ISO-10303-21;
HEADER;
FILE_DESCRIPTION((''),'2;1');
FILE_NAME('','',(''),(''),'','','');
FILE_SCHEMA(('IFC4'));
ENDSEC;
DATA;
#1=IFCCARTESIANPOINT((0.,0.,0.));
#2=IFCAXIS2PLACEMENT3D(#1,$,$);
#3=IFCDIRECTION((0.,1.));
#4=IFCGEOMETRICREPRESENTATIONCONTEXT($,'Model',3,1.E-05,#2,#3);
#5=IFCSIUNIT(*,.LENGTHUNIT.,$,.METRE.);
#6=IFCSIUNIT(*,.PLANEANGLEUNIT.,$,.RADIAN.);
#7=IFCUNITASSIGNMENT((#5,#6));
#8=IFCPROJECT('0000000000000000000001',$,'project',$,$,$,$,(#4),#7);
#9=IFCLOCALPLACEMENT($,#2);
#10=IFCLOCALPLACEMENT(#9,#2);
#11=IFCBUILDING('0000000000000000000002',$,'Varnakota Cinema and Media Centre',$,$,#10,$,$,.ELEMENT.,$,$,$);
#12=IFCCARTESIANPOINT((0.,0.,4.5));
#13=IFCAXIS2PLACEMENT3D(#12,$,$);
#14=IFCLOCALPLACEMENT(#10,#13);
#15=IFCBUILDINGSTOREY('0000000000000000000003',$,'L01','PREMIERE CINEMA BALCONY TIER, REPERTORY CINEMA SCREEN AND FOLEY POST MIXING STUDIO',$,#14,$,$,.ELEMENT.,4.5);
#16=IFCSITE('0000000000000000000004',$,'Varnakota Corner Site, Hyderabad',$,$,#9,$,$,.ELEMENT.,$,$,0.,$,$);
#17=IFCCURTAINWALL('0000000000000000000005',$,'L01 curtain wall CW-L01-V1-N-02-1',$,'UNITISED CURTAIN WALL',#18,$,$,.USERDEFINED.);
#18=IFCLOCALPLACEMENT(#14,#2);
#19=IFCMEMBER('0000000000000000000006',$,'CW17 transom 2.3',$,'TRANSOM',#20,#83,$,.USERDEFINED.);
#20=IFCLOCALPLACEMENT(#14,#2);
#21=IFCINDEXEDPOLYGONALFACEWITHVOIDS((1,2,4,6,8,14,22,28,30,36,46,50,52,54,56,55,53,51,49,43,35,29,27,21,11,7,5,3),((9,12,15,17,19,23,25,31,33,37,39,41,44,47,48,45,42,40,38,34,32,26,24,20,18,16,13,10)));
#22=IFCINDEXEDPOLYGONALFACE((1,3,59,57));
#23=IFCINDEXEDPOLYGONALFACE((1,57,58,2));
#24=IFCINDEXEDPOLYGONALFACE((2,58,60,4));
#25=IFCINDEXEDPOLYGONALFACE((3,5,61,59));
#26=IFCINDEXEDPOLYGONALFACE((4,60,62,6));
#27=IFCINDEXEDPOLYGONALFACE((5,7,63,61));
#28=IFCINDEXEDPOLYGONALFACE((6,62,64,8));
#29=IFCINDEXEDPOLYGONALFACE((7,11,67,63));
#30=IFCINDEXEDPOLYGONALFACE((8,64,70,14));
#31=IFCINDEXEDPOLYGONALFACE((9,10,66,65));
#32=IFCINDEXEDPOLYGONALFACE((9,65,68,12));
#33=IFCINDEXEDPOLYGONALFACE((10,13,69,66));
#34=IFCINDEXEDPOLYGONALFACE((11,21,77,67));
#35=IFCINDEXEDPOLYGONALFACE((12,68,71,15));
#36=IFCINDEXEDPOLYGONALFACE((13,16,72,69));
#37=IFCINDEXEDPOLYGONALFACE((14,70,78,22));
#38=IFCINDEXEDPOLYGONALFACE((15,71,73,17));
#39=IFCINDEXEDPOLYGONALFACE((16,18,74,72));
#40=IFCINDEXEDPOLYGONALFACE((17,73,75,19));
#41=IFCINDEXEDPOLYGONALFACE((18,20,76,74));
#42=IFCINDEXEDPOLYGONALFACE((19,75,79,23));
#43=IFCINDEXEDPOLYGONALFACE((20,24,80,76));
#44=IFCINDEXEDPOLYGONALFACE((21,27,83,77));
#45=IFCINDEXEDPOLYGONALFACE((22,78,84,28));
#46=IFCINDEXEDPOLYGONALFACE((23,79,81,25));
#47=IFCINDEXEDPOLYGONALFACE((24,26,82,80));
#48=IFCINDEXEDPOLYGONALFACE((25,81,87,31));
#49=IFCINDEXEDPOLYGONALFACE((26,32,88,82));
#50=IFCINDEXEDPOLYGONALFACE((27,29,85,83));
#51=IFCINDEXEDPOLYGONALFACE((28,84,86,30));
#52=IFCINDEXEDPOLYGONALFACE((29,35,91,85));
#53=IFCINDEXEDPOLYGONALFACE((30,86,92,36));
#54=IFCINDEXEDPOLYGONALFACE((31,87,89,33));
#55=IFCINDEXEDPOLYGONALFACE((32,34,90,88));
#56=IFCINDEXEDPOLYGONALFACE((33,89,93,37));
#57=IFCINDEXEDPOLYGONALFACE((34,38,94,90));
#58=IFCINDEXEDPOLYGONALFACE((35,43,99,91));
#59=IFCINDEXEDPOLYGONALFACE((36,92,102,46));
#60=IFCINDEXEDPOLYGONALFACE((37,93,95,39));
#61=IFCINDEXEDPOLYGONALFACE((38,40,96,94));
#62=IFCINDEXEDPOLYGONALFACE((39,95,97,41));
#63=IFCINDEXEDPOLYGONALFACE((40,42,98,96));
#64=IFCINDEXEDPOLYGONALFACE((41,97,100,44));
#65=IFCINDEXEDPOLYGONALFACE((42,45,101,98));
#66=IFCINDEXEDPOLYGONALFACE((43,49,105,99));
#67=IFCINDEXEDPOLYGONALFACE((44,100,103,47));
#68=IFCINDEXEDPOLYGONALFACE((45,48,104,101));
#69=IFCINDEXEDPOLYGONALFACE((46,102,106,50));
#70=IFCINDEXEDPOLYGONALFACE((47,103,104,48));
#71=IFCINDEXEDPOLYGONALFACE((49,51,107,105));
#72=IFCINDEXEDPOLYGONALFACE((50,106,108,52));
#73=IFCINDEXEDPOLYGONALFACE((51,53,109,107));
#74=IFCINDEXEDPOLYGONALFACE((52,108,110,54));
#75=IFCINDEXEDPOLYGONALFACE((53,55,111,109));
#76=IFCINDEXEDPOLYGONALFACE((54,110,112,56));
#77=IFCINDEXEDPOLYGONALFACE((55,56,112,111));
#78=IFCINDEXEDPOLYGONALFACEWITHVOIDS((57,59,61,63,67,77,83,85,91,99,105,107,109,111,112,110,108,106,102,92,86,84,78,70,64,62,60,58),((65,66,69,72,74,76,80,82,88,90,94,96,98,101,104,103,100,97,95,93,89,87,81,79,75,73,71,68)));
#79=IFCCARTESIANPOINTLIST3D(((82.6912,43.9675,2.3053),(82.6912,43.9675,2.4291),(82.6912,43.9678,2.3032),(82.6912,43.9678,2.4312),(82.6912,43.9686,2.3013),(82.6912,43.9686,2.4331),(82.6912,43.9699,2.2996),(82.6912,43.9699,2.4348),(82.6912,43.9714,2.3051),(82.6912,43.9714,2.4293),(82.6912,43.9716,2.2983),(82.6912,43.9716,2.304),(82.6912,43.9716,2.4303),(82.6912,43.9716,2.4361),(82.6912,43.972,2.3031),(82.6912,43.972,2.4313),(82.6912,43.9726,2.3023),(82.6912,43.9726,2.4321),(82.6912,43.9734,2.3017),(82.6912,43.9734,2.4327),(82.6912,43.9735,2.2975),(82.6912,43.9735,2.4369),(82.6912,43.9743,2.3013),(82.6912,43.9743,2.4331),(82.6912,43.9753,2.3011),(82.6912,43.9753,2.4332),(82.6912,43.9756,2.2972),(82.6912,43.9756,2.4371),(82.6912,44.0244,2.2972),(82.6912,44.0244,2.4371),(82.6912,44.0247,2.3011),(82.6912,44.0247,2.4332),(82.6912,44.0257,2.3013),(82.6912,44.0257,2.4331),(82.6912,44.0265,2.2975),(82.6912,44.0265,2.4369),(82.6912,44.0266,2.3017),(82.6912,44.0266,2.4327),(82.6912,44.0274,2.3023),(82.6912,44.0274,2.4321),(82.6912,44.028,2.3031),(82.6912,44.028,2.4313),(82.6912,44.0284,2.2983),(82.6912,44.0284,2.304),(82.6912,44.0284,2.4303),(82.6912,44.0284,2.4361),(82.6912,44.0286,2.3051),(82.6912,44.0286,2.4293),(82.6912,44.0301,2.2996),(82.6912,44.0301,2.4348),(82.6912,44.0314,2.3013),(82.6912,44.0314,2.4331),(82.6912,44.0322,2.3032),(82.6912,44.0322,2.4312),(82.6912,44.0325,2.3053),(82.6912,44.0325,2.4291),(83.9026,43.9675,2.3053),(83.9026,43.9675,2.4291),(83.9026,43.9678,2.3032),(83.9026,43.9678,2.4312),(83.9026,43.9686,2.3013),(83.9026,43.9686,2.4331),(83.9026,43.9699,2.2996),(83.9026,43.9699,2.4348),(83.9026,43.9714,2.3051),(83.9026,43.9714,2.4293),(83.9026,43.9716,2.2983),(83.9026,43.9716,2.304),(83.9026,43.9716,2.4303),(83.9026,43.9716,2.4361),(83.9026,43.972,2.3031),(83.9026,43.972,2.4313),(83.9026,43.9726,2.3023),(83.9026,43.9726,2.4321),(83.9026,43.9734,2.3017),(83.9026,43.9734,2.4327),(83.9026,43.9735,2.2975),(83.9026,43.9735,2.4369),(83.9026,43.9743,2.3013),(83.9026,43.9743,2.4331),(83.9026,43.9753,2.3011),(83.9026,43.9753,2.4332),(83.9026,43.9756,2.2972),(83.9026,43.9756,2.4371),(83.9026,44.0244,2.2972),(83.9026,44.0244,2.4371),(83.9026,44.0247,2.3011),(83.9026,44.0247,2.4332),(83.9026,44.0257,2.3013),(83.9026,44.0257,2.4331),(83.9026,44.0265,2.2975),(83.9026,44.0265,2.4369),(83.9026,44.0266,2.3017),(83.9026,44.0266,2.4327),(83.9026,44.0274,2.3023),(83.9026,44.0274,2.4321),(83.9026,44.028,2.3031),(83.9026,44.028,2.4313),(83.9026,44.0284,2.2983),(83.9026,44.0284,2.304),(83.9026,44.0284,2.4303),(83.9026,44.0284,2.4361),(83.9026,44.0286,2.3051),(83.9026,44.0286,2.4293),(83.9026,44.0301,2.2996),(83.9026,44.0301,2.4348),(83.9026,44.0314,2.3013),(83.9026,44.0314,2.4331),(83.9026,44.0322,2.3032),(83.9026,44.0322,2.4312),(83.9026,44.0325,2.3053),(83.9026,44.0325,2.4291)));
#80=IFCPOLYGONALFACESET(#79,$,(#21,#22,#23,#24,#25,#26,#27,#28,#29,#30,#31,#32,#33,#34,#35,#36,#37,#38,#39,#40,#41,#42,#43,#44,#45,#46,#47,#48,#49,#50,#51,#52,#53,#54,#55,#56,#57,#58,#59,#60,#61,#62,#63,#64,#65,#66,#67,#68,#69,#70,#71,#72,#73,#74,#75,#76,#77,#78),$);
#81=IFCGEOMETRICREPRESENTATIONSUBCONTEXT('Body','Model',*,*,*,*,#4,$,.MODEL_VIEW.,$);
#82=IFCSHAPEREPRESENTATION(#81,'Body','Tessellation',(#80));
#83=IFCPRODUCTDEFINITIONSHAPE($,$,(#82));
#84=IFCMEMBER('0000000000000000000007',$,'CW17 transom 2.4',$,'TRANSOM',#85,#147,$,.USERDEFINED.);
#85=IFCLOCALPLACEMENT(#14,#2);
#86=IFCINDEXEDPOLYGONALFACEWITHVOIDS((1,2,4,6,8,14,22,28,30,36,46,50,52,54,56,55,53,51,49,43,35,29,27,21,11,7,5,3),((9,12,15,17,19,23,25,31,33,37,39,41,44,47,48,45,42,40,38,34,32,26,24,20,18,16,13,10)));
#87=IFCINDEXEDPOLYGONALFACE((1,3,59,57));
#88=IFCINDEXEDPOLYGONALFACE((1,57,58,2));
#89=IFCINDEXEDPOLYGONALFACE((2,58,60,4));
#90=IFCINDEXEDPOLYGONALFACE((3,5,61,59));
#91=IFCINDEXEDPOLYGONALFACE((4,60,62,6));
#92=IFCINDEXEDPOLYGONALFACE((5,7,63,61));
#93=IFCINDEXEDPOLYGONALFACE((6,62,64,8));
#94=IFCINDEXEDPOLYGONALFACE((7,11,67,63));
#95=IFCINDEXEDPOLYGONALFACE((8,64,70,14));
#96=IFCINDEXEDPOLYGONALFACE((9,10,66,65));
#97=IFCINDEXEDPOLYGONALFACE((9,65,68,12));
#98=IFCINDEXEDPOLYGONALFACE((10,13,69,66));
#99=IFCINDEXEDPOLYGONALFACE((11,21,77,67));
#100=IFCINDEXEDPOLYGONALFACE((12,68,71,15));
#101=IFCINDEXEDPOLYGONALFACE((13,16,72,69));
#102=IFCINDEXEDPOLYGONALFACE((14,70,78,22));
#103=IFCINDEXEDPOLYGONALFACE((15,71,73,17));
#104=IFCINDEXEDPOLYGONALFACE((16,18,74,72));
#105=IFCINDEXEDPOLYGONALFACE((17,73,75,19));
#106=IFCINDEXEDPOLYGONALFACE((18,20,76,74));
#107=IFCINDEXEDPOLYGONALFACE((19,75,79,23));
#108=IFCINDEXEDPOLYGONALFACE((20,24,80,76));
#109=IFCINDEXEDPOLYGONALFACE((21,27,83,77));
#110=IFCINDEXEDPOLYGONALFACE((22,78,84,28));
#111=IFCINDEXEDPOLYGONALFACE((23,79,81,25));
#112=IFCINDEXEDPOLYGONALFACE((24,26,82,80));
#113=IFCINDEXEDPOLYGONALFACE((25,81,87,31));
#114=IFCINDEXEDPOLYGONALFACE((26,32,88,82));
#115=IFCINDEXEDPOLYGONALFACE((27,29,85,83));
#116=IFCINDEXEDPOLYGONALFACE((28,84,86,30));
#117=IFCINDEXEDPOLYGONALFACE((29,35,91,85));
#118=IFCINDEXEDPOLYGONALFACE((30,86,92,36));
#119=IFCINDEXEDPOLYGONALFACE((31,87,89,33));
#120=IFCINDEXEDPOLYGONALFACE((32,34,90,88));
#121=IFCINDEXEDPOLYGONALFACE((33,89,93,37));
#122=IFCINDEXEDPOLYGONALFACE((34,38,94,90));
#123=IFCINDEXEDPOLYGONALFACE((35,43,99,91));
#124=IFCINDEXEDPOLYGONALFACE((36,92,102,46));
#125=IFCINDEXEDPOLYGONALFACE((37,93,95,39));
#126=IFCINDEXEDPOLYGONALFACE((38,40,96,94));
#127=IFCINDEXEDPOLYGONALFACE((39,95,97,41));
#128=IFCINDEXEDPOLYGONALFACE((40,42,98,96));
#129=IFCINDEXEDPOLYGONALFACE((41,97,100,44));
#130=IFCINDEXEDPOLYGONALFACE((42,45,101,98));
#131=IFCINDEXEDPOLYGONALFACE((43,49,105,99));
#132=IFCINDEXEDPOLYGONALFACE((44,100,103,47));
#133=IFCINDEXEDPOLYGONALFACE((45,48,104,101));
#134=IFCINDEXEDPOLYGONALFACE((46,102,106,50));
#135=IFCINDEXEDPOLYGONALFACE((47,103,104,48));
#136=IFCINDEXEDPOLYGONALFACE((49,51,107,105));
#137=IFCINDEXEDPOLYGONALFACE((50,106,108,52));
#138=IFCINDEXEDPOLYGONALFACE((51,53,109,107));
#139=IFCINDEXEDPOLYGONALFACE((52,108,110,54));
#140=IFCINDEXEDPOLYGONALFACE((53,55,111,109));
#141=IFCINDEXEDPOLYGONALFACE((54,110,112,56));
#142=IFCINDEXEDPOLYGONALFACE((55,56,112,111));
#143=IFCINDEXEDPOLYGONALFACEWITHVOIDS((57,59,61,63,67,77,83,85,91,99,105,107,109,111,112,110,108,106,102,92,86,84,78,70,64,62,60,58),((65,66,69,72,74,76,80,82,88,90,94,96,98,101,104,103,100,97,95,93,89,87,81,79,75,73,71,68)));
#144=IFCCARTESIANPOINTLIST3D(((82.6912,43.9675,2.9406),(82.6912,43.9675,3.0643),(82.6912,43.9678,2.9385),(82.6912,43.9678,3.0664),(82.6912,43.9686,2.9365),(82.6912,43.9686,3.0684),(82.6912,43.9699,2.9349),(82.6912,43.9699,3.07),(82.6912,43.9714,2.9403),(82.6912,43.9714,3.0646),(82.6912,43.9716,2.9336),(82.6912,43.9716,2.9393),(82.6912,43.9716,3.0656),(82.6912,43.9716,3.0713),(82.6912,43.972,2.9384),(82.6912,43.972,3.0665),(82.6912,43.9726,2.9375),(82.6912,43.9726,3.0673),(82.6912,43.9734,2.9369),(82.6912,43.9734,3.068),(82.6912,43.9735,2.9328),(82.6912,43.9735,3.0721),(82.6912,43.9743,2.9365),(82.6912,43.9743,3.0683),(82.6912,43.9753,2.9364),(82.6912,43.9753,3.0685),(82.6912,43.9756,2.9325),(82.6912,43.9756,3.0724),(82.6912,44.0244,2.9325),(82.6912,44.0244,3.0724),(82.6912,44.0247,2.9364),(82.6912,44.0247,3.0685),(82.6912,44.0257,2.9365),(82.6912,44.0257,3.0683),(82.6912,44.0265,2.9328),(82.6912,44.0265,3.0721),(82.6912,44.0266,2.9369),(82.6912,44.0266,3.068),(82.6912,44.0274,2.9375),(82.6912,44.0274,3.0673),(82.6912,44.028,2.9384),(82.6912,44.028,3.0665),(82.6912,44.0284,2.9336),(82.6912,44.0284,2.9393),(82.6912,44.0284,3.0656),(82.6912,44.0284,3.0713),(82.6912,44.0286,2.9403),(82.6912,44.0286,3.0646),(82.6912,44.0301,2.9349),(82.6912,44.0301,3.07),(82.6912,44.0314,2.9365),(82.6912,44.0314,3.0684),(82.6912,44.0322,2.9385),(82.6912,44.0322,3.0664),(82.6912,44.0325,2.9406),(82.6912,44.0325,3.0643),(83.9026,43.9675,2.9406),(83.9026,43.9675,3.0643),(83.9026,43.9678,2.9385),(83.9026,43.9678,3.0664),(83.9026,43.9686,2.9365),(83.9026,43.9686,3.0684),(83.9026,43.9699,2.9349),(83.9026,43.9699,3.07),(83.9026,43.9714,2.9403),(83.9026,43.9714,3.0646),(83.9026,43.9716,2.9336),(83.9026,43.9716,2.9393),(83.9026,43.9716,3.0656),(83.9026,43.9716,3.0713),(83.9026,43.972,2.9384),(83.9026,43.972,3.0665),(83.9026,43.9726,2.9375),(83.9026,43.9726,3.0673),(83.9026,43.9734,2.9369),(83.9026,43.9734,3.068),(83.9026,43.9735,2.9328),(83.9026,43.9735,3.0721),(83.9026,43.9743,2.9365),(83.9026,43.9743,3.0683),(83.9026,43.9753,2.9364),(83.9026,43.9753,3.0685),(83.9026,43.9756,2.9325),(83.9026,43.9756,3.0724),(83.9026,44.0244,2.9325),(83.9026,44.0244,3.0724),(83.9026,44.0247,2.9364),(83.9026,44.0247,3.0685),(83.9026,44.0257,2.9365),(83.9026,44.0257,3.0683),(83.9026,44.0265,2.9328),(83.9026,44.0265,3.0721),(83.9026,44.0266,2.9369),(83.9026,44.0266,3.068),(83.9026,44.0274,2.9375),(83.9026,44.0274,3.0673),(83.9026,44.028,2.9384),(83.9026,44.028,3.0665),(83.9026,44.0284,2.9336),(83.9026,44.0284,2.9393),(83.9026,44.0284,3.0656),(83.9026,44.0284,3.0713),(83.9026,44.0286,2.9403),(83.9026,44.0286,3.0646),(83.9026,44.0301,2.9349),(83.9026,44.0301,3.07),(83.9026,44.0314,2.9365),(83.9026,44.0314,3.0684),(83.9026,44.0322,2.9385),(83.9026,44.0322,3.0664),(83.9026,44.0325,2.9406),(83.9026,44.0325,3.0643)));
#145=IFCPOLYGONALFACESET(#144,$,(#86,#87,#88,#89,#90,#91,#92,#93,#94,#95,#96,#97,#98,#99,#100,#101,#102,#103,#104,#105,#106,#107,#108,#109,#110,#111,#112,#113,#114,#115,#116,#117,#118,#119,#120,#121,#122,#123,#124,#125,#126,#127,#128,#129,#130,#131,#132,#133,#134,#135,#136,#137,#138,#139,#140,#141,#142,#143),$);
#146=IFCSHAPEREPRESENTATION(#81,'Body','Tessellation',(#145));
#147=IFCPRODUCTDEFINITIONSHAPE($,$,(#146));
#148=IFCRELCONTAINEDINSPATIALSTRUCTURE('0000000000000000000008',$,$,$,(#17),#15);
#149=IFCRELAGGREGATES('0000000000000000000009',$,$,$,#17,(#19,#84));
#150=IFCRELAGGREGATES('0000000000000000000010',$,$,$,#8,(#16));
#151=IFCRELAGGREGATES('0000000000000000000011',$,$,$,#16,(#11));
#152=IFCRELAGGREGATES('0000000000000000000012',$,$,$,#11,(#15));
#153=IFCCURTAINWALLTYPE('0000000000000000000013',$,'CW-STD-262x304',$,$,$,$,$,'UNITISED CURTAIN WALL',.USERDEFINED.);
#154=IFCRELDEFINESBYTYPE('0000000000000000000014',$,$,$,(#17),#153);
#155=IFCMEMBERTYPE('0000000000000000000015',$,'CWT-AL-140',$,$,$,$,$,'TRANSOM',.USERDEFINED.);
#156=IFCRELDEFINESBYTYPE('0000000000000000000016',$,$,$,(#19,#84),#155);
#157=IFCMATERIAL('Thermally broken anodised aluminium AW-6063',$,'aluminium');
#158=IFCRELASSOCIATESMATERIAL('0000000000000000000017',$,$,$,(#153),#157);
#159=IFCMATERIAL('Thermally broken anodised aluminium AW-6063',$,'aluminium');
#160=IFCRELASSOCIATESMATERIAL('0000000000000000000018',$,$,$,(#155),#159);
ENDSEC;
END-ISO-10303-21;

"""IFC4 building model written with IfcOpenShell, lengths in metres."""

from ifc_helpers import new_model, si_unit, direction, frame, origin, origin_2d, place, context, subcontext, project, spatial, hollow_rectangle, extrude, material, material_profile, profile_set, type_object, element, aggregate, save


model = new_model("IFC4")

# Units and contexts
model_context = context("Model", 3, precision=1e-05, world=origin(), true_north=direction((0.0, 1.0)))
body_context = subcontext(model_context, "Body", "Model", "MODEL_VIEW")
ifc_project = project(units=[si_unit("LENGTHUNIT", "METRE"), si_unit("PLANEANGLEUNIT", "RADIAN")], contexts=[model_context])

# Site, building, storey
site_placement = place(None, origin())
site = spatial("IfcSite", under=ifc_project, at=site_placement, Name="Varnakota Corner Site, Hyderabad", CompositionType="ELEMENT", RefElevation=0.0)
building_placement = place(site_placement, origin())
building = spatial("IfcBuilding", under=site, at=building_placement, Name="Varnakota Cinema and Media Centre", CompositionType="ELEMENT")
storey_placement = place(building_placement, frame((0.0, 0.0, 4.5)))
storey = spatial("IfcBuildingStorey", under=building, at=storey_placement, Name="L01", Description="PREMIERE CINEMA BALCONY TIER, REPERTORY CINEMA SCREEN AND FOLEY POST MIXING STUDIO", CompositionType="ELEMENT", Elevation=4.5)

# Curtain wall
ifc_material_1 = material(Name="Thermally broken anodised aluminium AW-6063", Category="aluminium")
curtain_wall_type = type_object("IfcCurtainWallType", Name="CW-STD-262x304", ElementType="UNITISED CURTAIN WALL", PredefinedType="USERDEFINED", material=ifc_material_1)
curtain_wall_1_placement = place(storey_placement, origin())
curtain_wall_1 = element("IfcCurtainWall", 1, at=curtain_wall_1_placement, inside=storey, type_object=curtain_wall_type, Name="L01 curtain wall CW-L01-V1-N-02-1", ObjectType="UNITISED CURTAIN WALL", PredefinedType="USERDEFINED")

# Members
ifc_material_2 = material(Name="Thermally broken anodised aluminium AW-6063", Category="aluminium")
ifc_material_profile_1 = material_profile(ifc_material_2, hollow_rectangle(XDim=0.0649, YDim=0.1399, WallThickness=0.0039, InnerFilletRadius=0.0039, OuterFilletRadius=0.0081, at=origin_2d()), Name="AL-TRANSOM 140x65x4")
ifc_profile_set_1 = profile_set([ifc_material_profile_1], Name="Thermally broken anodised aluminium AW-6063")
member_type_1 = type_object("IfcMemberType", Name="CWT-AL-140", ElementType="TRANSOM", PredefinedType="USERDEFINED", material=ifc_profile_set_1)
member_1_placement = place(storey_placement, frame((82.6912, 44.0, 2.3672), z_axis=(1.0, 0.0, 0.0), x_axis=(0.0, 1.0, 0.0)))
member_1 = element("IfcMember", 2, at=member_1_placement, type_object=member_type_1, Name="CW17 transom 2.3", ObjectType="TRANSOM", PredefinedType="USERDEFINED", context=body_context, shape_type="SweptSolid", body=[
    extrude(hollow_rectangle(XDim=0.0649, YDim=0.1399, WallThickness=0.0039, InnerFilletRadius=0.0039, OuterFilletRadius=0.0081, at=origin_2d()), origin(), (0.0, 0.0, 1.0), 1.2114),
])
member_2_placement = place(storey_placement, frame((82.6912, 44.0, 3.0024), z_axis=(1.0, 0.0, 0.0), x_axis=(0.0, 1.0, 0.0)))
member_2 = element("IfcMember", 3, at=member_2_placement, type_object=member_type_1, Name="CW17 transom 2.4", ObjectType="TRANSOM", PredefinedType="USERDEFINED", context=body_context, shape_type="SweptSolid", body=[
    extrude(hollow_rectangle(XDim=0.0649, YDim=0.1399, WallThickness=0.0039, InnerFilletRadius=0.0039, OuterFilletRadius=0.0081, at=origin_2d()), origin(), (0.0, 0.0, 1.0), 1.2114),
])

aggregate(curtain_wall_1, [member_1, member_2])

save(model, "model.ifc")
